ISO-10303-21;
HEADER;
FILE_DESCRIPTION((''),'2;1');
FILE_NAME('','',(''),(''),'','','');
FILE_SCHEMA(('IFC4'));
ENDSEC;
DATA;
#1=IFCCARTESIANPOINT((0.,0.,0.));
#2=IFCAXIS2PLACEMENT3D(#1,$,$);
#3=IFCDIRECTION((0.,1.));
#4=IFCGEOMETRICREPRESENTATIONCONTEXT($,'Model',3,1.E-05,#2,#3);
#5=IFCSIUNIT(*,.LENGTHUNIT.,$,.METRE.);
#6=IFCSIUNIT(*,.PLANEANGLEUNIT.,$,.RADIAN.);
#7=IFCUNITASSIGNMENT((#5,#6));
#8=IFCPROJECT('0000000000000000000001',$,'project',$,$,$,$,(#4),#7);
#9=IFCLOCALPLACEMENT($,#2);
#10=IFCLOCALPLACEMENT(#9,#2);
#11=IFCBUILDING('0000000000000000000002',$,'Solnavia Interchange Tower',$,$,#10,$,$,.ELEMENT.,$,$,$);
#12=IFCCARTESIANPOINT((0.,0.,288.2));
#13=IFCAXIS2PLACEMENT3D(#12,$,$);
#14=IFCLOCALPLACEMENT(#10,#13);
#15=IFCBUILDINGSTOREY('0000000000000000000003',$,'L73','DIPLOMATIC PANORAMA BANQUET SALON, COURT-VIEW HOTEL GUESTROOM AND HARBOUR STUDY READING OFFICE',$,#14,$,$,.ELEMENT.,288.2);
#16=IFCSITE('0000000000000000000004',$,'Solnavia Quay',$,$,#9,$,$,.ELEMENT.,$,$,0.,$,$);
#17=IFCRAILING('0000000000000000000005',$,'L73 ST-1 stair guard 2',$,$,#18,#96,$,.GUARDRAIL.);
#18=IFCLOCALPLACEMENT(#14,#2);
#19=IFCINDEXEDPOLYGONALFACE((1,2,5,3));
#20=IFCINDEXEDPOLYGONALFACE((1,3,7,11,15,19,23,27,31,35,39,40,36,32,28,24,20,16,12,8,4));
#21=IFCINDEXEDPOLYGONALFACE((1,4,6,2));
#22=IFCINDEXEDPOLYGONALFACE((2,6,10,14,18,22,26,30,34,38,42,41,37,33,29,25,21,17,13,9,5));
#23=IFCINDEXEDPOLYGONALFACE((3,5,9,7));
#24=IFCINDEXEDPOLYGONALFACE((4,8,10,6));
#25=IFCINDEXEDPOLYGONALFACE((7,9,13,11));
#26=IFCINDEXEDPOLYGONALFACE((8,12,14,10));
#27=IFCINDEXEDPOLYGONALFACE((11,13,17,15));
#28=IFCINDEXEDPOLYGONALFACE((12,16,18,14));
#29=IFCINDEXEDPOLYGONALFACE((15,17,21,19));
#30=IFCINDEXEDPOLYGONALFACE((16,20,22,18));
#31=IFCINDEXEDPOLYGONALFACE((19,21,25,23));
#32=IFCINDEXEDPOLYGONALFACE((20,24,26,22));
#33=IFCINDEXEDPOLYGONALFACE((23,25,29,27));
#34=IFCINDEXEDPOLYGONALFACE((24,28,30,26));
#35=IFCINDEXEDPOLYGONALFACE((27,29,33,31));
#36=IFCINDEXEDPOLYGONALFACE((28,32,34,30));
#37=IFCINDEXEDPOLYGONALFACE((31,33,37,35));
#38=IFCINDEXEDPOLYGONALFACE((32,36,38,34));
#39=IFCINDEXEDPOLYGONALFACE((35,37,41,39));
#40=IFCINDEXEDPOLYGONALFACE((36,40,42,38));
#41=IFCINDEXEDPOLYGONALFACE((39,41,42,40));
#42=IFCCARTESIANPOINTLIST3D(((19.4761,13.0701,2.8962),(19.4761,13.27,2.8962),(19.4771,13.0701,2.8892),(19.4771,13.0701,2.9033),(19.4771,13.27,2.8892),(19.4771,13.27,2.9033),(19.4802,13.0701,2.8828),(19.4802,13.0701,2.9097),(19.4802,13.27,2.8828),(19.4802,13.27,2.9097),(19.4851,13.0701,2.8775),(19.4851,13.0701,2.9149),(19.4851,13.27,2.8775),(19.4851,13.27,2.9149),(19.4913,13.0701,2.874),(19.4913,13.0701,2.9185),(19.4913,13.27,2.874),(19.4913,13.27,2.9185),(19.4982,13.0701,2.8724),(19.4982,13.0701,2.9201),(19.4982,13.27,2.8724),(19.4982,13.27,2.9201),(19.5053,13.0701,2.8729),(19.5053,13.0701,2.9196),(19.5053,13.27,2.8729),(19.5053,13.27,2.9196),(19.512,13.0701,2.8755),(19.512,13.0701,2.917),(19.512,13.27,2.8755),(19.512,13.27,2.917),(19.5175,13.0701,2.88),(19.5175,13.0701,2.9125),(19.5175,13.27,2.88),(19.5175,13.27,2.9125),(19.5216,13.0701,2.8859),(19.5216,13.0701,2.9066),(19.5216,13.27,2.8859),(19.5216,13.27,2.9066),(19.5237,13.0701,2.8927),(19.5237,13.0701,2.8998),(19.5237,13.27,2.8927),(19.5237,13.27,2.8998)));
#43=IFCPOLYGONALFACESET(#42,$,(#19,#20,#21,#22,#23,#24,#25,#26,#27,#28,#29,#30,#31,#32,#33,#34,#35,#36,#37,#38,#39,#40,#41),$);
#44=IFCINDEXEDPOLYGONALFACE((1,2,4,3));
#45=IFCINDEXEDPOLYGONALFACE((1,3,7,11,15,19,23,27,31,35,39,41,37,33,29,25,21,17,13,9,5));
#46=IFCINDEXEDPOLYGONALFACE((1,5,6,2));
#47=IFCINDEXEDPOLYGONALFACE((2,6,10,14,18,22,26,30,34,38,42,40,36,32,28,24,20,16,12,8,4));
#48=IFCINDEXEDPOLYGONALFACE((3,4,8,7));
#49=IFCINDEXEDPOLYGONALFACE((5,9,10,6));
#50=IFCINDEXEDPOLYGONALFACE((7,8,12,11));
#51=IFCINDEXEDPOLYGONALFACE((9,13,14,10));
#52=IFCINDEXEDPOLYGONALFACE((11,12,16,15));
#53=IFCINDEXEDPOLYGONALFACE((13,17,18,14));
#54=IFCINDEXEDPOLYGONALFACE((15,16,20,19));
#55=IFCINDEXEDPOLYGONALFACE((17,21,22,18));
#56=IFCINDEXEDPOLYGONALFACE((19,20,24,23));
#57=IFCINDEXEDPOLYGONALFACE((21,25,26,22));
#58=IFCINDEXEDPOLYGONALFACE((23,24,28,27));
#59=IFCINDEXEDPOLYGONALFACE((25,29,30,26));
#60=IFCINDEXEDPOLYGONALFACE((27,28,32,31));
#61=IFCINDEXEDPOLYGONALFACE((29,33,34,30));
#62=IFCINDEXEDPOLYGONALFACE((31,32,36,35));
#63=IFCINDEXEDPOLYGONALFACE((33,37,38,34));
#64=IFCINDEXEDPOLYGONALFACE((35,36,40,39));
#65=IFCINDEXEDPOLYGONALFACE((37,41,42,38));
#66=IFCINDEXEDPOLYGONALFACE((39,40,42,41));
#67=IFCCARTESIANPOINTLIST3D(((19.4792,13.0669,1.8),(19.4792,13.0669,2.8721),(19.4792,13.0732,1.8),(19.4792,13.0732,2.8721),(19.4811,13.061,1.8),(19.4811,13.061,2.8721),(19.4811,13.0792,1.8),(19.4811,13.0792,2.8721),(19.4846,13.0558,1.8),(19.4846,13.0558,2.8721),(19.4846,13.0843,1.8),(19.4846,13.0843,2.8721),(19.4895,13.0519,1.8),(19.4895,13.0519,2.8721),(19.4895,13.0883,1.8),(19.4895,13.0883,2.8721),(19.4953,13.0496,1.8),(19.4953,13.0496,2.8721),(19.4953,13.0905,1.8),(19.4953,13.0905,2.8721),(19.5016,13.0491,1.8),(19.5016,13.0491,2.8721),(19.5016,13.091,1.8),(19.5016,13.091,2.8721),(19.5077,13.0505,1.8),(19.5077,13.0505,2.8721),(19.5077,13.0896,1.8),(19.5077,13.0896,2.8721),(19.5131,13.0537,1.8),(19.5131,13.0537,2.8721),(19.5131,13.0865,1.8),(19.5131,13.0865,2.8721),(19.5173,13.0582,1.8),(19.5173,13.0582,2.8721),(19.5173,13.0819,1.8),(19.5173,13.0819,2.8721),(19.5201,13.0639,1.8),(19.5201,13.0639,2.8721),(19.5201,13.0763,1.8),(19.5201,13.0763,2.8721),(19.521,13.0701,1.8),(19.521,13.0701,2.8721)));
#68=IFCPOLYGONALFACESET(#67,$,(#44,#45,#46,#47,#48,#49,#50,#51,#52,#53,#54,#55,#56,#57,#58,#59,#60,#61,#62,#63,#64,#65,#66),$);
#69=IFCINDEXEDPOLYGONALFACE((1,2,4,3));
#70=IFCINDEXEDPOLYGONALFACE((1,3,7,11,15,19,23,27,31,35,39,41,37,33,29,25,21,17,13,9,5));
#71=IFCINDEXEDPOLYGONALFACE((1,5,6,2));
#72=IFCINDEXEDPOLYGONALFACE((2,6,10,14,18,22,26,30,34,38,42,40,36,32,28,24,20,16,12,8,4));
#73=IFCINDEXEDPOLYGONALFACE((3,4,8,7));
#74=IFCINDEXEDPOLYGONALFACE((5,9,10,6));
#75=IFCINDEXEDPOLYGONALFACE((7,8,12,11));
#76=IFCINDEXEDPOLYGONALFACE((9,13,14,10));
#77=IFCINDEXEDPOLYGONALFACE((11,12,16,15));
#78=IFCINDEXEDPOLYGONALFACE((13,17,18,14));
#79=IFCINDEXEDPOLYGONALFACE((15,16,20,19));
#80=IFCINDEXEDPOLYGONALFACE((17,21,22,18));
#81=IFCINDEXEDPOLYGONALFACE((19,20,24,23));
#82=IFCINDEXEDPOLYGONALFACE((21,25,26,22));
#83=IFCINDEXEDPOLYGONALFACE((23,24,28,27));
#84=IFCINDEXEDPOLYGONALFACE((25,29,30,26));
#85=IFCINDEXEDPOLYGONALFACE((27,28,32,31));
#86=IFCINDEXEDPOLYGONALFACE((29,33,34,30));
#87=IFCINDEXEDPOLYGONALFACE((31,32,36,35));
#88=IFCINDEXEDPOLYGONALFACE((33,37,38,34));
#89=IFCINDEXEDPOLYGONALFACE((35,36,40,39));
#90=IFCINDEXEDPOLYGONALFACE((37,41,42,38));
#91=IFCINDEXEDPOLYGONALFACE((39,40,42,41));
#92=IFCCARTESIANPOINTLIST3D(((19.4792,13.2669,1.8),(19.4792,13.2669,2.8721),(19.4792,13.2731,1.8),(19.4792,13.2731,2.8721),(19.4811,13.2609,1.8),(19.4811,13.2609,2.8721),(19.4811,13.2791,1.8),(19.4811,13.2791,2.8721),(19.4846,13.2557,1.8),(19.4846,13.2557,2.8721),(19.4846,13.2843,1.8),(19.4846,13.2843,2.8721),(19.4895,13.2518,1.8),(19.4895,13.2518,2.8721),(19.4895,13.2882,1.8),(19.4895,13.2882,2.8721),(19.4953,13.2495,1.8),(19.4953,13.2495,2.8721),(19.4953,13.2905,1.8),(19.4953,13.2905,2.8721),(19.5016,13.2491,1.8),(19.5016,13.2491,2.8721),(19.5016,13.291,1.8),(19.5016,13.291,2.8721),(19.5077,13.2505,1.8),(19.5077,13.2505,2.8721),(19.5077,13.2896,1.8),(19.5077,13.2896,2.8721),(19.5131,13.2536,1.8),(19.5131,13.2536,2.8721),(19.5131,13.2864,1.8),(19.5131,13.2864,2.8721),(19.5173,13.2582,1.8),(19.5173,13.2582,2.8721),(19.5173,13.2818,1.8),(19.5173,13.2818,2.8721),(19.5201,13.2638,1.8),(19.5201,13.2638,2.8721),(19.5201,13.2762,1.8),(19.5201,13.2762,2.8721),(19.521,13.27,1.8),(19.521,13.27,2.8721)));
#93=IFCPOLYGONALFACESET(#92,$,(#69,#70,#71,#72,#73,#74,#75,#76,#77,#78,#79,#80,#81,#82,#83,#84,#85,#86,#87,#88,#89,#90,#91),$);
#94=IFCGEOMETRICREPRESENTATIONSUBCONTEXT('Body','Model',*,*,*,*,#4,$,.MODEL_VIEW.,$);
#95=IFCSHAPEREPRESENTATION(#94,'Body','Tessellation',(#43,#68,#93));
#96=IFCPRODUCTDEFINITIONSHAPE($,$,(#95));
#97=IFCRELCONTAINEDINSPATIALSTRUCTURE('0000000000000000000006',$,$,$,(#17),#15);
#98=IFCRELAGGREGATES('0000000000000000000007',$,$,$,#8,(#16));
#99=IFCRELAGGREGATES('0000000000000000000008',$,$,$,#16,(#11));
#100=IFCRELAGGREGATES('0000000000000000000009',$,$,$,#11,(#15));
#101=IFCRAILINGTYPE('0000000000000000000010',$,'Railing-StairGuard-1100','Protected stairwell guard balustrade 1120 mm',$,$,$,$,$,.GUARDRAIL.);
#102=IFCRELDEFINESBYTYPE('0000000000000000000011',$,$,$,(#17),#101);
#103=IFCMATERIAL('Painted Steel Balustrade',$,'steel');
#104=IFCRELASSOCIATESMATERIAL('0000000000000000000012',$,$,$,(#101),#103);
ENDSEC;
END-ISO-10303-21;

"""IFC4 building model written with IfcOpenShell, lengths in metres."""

from ifc_helpers import new_model, si_unit, direction, frame, origin, origin_2d, place, context, subcontext, project, spatial, circle, extrude, material, type_object, element, save


model = new_model("IFC4")

# Units and contexts
model_context = context("Model", 3, precision=1e-05, world=origin(), true_north=direction((0.0, 1.0)))
body_context = subcontext(model_context, "Body", "Model", "MODEL_VIEW")
ifc_project = project(units=[si_unit("LENGTHUNIT", "METRE"), si_unit("PLANEANGLEUNIT", "RADIAN")], contexts=[model_context])

# Site, building, storey
site_placement = place(None, origin())
site = spatial("IfcSite", under=ifc_project, at=site_placement, Name="Solnavia Quay", CompositionType="ELEMENT", RefElevation=0.0)
building_placement = place(site_placement, origin())
building = spatial("IfcBuilding", under=site, at=building_placement, Name="Solnavia Interchange Tower", CompositionType="ELEMENT")
storey_placement = place(building_placement, frame((0.0, 0.0, 288.2)))
storey = spatial("IfcBuildingStorey", under=building, at=storey_placement, Name="L73", Description="DIPLOMATIC PANORAMA BANQUET SALON, COURT-VIEW HOTEL GUESTROOM AND HARBOUR STUDY READING OFFICE", CompositionType="ELEMENT", Elevation=288.2)

# Railing
ifc_material_1 = material(Name="Painted Steel Balustrade", Category="steel")
railing_type_1 = type_object("IfcRailingType", Name="Railing-StairGuard-1100", Description="Protected stairwell guard balustrade 1120 mm", PredefinedType="GUARDRAIL", material=ifc_material_1)
railing_1_placement = place(storey_placement, frame((19.5, 13.0701, 1.8)))
element("IfcRailing", 1, at=railing_1_placement, inside=storey, type_object=railing_type_1, Name="L73 ST-1 stair guard 2", PredefinedType="GUARDRAIL", context=body_context, shape_type="SweptSolid", body=[
    extrude(circle(Radius=0.0239, at=origin_2d()), frame((0.0, 0.0, 1.0962), z_axis=(0.0, 1.0, 0.0), x_axis=(-1.0, 0.0, 0.0)), (0.0, 0.0, 1.0), 0.2),
    extrude(circle(Radius=0.021, at=origin_2d()), origin(), (0.0, 0.0, 1.0), 1.072),
    extrude(circle(Radius=0.021, at=origin_2d()), frame((0.0, 0.2, 0.0)), (0.0, 0.0, 1.0), 1.072),
])

save(model, "model.ifc")
